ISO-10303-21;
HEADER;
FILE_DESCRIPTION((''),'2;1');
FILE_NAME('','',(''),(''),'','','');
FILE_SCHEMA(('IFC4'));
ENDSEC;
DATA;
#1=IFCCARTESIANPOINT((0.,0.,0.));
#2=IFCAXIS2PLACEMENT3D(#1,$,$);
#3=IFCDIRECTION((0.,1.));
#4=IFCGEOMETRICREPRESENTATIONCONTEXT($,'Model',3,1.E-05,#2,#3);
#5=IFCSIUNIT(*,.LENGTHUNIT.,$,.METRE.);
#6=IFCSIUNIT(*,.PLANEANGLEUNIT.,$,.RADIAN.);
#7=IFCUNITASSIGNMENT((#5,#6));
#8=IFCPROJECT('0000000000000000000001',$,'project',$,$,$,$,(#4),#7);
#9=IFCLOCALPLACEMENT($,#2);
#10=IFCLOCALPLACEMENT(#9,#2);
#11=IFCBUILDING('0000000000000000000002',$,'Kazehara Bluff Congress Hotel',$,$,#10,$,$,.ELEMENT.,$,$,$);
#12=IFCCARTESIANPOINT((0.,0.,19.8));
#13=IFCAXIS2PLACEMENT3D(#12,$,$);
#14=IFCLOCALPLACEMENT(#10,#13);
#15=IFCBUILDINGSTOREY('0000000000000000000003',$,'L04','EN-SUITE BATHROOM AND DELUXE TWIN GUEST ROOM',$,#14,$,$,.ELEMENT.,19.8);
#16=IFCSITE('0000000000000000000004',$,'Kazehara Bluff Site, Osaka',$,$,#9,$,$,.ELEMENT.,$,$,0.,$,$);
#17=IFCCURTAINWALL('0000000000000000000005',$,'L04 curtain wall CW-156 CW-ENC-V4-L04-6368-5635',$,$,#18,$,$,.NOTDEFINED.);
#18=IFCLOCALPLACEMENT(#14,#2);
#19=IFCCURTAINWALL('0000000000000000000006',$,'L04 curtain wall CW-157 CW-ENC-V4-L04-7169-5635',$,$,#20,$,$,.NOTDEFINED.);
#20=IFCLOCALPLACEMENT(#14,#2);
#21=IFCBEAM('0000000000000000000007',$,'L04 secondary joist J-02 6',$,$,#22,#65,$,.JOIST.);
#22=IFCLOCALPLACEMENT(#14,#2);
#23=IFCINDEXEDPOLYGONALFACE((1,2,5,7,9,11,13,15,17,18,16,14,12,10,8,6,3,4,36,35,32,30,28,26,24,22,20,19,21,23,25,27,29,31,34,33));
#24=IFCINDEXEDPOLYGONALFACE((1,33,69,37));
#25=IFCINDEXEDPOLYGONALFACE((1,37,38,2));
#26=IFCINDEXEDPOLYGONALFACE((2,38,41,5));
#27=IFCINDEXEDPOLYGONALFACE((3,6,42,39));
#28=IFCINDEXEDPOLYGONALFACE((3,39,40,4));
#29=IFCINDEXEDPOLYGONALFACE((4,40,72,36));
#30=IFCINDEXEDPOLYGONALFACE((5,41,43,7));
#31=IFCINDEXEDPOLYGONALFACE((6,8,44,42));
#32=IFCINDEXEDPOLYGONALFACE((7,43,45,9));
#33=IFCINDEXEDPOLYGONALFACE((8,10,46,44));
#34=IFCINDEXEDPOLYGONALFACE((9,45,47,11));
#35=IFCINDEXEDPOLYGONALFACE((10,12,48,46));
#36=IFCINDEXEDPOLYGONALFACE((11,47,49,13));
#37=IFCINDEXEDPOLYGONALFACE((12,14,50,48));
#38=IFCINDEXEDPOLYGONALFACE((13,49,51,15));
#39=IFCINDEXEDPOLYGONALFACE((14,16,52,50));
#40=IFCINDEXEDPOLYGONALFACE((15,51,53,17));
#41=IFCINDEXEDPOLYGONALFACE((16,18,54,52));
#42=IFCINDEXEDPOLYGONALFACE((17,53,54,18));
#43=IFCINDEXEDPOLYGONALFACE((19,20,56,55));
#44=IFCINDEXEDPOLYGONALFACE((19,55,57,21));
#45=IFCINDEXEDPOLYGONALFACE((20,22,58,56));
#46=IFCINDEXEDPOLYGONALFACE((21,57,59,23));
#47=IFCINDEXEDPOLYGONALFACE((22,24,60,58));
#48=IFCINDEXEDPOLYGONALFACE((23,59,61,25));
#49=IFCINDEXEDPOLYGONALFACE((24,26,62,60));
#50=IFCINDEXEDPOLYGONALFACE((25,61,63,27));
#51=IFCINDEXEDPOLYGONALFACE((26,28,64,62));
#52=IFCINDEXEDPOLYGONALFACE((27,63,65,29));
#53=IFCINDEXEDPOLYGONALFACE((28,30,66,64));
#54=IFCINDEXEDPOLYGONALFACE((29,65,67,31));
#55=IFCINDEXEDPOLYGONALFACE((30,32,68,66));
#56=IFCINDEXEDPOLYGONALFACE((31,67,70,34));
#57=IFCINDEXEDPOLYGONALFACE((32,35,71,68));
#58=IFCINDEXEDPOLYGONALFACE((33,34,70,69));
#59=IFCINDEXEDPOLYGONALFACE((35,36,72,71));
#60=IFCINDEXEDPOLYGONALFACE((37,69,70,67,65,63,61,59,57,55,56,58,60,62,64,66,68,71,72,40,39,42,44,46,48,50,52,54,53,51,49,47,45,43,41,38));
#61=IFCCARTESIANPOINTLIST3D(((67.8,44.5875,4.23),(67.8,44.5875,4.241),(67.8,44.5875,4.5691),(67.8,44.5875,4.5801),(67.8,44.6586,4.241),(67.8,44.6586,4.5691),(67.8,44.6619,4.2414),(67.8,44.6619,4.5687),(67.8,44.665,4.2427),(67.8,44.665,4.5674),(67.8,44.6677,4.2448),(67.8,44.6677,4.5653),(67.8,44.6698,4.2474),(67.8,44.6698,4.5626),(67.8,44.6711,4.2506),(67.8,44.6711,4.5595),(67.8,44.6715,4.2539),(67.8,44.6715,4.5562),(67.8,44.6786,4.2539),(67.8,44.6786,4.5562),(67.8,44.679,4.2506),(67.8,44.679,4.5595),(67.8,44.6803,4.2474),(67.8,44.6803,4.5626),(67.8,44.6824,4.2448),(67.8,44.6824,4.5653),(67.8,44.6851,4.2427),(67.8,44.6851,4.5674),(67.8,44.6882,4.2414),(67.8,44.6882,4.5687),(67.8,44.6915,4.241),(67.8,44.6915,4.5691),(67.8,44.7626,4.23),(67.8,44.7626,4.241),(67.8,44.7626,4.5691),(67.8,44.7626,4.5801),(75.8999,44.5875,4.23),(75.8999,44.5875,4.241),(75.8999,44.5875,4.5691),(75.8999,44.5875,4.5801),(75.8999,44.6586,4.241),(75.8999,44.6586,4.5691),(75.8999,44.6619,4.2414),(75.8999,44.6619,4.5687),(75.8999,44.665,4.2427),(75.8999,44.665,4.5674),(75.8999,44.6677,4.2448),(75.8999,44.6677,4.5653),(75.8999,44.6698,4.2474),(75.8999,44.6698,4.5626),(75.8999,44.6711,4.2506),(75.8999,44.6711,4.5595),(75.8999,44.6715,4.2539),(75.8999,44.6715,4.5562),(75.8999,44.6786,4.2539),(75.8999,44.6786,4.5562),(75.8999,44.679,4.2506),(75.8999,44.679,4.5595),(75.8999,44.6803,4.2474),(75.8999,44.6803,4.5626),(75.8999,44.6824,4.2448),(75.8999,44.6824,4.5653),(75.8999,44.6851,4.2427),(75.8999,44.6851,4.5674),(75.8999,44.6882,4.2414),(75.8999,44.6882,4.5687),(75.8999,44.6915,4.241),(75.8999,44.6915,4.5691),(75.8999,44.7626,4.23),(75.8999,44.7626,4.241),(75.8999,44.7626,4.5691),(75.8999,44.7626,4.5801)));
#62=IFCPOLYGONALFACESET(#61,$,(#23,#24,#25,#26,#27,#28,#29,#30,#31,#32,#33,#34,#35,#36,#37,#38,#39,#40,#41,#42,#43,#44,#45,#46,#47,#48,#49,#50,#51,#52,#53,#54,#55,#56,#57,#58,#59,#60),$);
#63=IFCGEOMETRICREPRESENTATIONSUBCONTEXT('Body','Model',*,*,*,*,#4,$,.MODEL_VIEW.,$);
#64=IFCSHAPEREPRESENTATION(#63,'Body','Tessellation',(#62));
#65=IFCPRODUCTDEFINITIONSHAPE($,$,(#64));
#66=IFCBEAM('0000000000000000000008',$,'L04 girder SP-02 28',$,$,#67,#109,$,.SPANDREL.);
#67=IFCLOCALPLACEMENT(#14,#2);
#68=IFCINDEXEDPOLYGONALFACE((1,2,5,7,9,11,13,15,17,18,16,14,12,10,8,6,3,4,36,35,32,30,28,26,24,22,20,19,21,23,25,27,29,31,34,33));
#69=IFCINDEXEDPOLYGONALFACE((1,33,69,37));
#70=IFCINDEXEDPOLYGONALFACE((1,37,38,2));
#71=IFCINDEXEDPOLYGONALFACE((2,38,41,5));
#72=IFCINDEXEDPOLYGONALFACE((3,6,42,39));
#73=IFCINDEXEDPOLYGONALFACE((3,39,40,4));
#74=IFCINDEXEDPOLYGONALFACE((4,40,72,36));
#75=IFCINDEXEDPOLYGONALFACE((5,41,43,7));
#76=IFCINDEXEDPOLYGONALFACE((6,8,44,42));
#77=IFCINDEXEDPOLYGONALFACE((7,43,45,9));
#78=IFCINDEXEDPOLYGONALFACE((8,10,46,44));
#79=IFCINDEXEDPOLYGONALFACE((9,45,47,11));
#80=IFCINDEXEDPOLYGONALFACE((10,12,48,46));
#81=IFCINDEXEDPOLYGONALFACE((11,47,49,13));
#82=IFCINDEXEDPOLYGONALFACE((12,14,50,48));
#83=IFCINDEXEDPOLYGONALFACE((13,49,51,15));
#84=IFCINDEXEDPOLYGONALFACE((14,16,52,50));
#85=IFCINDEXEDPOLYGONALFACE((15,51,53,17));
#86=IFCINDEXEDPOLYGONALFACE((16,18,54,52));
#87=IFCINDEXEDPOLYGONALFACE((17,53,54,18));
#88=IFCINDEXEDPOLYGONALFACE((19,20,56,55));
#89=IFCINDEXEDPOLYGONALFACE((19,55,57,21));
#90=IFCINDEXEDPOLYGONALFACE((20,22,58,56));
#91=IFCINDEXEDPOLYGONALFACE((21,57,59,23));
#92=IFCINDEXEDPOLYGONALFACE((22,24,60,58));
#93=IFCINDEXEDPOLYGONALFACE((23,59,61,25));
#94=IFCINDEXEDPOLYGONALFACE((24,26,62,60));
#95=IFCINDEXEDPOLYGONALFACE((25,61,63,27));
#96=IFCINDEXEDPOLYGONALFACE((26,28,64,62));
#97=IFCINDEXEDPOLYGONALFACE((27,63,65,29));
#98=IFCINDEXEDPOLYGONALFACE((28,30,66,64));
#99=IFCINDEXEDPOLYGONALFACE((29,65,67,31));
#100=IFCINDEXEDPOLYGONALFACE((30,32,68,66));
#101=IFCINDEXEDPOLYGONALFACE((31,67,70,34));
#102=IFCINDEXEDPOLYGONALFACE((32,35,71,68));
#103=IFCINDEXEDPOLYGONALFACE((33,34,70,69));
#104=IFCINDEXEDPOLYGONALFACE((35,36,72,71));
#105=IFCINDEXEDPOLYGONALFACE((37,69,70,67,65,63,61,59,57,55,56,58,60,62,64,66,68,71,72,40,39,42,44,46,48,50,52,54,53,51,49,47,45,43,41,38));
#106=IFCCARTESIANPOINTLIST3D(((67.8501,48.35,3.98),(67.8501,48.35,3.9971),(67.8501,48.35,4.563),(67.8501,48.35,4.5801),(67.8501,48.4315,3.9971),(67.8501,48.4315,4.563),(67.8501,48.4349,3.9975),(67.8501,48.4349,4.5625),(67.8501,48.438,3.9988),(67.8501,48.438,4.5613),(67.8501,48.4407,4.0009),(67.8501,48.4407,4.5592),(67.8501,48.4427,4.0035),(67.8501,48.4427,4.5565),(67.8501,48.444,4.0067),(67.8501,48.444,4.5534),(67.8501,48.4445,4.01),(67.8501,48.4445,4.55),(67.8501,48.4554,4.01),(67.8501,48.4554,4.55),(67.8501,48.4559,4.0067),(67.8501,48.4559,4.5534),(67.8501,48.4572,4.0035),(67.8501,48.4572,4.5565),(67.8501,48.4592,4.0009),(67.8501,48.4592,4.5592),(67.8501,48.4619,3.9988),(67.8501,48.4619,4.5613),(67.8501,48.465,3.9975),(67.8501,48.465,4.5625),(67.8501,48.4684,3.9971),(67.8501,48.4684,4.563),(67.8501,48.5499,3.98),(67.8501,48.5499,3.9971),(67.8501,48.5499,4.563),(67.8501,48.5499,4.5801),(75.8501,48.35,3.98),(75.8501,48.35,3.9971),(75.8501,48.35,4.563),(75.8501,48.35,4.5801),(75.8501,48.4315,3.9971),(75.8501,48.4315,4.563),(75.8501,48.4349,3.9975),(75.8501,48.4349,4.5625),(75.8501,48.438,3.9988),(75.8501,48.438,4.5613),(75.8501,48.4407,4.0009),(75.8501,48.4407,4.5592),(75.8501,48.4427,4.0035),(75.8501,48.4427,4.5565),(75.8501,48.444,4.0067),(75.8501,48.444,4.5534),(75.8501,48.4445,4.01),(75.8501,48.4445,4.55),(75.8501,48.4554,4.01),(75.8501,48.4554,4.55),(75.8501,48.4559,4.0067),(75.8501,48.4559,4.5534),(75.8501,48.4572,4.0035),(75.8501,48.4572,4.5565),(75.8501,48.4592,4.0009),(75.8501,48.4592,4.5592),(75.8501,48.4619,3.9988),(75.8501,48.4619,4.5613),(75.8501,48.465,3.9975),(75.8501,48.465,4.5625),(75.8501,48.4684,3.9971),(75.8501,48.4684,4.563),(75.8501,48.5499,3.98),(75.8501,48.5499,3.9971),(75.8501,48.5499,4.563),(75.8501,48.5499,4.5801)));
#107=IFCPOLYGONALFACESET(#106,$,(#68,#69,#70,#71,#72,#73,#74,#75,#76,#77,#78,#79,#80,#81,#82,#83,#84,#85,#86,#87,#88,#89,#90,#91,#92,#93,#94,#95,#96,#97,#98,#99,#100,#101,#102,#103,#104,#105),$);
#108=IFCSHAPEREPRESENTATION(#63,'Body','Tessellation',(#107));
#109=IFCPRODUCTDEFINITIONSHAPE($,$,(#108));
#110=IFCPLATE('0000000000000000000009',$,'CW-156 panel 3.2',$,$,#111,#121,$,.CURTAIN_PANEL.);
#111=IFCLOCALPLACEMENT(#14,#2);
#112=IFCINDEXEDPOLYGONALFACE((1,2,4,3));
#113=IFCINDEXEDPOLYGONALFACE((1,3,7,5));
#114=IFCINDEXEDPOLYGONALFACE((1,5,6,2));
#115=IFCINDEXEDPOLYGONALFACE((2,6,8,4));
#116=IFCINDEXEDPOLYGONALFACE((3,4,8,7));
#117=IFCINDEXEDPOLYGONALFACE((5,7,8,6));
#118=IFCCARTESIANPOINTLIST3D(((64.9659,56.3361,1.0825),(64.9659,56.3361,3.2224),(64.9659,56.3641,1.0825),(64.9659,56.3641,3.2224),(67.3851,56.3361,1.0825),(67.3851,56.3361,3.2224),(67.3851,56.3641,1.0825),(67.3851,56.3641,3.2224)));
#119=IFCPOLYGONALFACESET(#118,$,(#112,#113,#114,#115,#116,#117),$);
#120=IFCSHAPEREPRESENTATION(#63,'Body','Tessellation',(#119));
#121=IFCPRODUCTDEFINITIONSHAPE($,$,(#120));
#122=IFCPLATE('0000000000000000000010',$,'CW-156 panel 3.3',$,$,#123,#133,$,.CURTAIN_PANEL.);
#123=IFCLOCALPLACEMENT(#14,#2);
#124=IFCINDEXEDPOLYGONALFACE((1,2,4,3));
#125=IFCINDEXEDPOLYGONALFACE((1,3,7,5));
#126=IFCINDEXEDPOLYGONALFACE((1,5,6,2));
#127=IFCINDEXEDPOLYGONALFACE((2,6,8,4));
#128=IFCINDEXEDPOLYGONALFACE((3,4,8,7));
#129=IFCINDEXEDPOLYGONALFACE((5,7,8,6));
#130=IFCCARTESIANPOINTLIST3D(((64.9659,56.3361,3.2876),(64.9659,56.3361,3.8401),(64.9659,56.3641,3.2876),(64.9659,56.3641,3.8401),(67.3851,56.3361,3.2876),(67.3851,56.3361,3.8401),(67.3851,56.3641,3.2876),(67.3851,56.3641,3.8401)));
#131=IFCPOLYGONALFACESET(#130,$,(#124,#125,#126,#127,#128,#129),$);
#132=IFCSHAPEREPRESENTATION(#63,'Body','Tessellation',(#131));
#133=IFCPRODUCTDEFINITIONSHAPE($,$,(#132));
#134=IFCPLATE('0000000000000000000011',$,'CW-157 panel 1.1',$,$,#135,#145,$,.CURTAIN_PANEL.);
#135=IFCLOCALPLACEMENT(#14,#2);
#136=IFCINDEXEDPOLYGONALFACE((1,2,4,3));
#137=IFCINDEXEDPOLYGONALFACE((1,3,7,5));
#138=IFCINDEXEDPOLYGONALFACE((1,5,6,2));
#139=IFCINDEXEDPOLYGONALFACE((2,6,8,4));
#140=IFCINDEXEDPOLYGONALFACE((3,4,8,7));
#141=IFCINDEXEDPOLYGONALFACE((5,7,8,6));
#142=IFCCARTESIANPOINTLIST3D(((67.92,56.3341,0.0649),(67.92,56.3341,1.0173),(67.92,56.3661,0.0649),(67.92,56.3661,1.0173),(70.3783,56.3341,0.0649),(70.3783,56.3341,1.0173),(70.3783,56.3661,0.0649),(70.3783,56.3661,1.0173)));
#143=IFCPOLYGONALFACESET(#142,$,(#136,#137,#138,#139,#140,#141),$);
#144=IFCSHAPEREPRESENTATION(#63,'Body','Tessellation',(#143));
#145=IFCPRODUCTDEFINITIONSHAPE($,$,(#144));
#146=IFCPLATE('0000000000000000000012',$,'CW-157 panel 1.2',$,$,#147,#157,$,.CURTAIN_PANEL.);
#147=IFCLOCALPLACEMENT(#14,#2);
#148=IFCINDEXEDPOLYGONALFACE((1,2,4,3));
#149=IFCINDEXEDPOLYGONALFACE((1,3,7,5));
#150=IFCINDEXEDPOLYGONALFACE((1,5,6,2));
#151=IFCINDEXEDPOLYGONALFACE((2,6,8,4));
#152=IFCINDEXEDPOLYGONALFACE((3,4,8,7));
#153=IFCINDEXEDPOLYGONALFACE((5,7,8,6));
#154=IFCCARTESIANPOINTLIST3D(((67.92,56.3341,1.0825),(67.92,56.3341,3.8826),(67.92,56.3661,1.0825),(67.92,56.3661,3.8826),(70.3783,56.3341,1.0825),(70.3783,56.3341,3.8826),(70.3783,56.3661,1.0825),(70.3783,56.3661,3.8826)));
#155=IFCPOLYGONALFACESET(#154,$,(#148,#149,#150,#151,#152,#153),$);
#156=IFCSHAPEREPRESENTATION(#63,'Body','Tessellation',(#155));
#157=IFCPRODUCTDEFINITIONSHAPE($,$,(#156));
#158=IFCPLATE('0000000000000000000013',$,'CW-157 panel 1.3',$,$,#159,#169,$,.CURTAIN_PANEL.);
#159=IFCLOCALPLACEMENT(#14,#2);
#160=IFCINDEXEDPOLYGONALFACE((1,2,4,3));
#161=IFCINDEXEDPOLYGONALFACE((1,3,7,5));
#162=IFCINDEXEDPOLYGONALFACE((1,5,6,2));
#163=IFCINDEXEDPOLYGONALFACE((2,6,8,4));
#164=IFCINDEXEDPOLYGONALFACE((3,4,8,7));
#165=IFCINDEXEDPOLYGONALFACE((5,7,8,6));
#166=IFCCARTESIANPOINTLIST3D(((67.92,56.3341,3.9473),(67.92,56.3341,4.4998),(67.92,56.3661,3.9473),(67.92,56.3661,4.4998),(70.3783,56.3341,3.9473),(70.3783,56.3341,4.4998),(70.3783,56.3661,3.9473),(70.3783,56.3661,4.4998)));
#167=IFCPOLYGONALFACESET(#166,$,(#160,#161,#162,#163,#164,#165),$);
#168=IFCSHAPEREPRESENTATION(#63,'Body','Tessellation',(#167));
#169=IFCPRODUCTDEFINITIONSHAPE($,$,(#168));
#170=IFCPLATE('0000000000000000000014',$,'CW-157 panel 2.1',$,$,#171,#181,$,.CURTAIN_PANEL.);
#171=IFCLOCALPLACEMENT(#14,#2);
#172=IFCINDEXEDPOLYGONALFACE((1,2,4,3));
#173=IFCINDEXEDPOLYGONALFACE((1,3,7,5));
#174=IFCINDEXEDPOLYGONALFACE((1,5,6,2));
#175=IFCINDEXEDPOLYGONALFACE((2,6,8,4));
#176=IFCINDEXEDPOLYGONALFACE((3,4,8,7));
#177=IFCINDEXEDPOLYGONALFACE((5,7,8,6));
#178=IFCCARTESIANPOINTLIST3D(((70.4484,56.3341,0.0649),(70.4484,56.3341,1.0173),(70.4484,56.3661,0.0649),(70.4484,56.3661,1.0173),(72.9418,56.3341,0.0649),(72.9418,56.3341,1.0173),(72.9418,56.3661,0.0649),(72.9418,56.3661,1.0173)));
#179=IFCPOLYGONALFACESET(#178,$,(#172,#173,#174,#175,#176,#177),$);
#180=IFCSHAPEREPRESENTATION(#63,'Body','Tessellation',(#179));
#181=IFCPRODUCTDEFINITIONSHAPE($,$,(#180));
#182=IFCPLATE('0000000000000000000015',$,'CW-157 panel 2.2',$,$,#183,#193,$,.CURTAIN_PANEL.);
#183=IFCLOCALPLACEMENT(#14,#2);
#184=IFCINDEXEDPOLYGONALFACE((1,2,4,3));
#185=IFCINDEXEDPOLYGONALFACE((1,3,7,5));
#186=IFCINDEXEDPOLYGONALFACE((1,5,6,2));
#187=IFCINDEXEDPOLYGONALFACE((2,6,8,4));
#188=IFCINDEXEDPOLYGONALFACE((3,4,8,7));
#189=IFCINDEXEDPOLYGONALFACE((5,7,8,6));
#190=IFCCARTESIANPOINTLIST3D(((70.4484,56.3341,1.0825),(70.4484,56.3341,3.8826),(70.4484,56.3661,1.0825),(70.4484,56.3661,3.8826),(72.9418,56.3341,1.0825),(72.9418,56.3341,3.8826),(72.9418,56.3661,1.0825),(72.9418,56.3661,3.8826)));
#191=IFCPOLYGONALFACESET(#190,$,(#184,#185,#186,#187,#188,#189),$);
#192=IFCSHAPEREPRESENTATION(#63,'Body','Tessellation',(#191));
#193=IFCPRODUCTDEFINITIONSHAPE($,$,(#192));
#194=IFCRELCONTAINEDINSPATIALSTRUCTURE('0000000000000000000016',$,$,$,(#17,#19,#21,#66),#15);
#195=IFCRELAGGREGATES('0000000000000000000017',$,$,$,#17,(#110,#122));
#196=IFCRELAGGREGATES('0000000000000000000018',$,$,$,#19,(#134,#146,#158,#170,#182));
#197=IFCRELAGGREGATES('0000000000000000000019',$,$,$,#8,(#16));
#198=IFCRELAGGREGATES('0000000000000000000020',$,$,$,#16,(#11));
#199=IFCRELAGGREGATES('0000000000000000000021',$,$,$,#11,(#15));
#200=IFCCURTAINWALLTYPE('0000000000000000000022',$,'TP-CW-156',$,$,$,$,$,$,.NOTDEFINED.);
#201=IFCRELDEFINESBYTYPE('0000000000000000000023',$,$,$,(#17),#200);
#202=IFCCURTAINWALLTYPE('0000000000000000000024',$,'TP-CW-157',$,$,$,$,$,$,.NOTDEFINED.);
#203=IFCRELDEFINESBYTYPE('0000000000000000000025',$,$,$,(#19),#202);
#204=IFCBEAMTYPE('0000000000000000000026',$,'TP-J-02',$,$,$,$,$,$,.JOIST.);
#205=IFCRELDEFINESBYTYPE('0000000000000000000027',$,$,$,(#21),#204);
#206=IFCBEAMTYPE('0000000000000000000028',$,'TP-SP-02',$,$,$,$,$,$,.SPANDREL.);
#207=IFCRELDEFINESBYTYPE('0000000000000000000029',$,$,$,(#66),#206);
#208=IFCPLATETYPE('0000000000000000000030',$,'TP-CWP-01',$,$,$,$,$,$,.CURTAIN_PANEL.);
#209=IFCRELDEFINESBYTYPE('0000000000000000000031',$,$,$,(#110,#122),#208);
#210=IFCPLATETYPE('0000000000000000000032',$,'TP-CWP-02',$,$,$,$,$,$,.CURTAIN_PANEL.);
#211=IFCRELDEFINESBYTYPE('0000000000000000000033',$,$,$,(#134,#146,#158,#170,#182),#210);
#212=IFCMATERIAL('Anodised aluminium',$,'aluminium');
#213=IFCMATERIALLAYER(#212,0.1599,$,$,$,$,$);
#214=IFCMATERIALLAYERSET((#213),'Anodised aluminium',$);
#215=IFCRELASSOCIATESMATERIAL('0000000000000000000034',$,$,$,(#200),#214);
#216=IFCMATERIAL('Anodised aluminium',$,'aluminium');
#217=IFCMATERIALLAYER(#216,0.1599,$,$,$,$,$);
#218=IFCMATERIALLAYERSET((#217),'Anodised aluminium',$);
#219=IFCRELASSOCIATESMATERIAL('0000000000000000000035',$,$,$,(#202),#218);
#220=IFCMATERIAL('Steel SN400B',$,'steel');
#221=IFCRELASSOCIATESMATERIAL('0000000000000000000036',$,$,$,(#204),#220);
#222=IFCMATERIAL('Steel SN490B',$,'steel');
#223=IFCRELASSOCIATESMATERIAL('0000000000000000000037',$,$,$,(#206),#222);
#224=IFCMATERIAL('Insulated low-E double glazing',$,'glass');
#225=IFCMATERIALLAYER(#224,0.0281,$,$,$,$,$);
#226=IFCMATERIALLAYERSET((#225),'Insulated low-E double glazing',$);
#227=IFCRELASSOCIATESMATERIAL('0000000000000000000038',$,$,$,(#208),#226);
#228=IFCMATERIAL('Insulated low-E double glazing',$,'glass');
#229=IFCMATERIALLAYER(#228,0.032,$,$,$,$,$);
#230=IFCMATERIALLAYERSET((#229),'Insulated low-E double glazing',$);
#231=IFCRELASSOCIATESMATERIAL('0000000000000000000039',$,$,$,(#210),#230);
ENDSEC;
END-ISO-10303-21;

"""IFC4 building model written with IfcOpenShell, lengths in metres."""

from ifc_helpers import new_model, si_unit, direction, frame, origin, origin_2d, place, context, subcontext, project, spatial, rectangle, i_section, extrude, material, layer, layer_set, material_profile, profile_set, type_object, element, aggregate, save


model = new_model("IFC4")

# Units and contexts
model_context = context("Model", 3, precision=1e-05, world=origin(), true_north=direction((0.0, 1.0)))
body_context = subcontext(model_context, "Body", "Model", "MODEL_VIEW")
ifc_project = project(units=[si_unit("LENGTHUNIT", "METRE"), si_unit("PLANEANGLEUNIT", "RADIAN")], contexts=[model_context])

# Site, building, storey
site_placement = place(None, origin())
site = spatial("IfcSite", under=ifc_project, at=site_placement, Name="Kazehara Bluff Site, Osaka", CompositionType="ELEMENT", RefElevation=0.0)
building_placement = place(site_placement, origin())
building = spatial("IfcBuilding", under=site, at=building_placement, Name="Kazehara Bluff Congress Hotel", CompositionType="ELEMENT")
storey_placement = place(building_placement, frame((0.0, 0.0, 19.8)))
storey = spatial("IfcBuildingStorey", under=building, at=storey_placement, Name="L04", Description="EN-SUITE BATHROOM AND DELUXE TWIN GUEST ROOM", CompositionType="ELEMENT", Elevation=19.8)

# Curtain wall
ifc_material_1 = material(Name="Anodised aluminium", Category="aluminium")
ifc_layer_1 = layer(ifc_material_1, 0.1599)
ifc_layer_set_1 = layer_set([ifc_layer_1], Name="Anodised aluminium")
curtain_wall_type_1 = type_object("IfcCurtainWallType", Name="TP-CW-156", PredefinedType="NOTDEFINED", material=ifc_layer_set_1)
curtain_wall_1_placement = place(storey_placement, origin())
curtain_wall_1 = element("IfcCurtainWall", 1, at=curtain_wall_1_placement, inside=storey, type_object=curtain_wall_type_1, Name="L04 curtain wall CW-156 CW-ENC-V4-L04-6368-5635", PredefinedType="NOTDEFINED")

# Curtain wall
ifc_material_2 = material(Name="Anodised aluminium", Category="aluminium")
ifc_layer_2 = layer(ifc_material_2, 0.1599)
ifc_layer_set_2 = layer_set([ifc_layer_2], Name="Anodised aluminium")
curtain_wall_type_2 = type_object("IfcCurtainWallType", Name="TP-CW-157", PredefinedType="NOTDEFINED", material=ifc_layer_set_2)
curtain_wall_2_placement = place(storey_placement, origin())
curtain_wall_2 = element("IfcCurtainWall", 2, at=curtain_wall_2_placement, inside=storey, type_object=curtain_wall_type_2, Name="L04 curtain wall CW-157 CW-ENC-V4-L04-7169-5635", PredefinedType="NOTDEFINED")

# Beams
ifc_material_3 = material(Name="Steel SN400B", Category="steel")
ifc_material_profile_1 = material_profile(ifc_material_3, i_section(OverallWidth=0.175, OverallDepth=0.3501, WebThickness=0.0071, FlangeThickness=0.011, FilletRadius=0.0129, at=origin_2d()))
ifc_profile_set_1 = profile_set([ifc_material_profile_1], Name="Steel SN400B")
beam_type_1 = type_object("IfcBeamType", Name="TP-J-02", PredefinedType="JOIST", material=ifc_profile_set_1)
beam_1_placement = place(storey_placement, frame((67.8, 44.675, 4.405), z_axis=(1.0, 0.0, 0.0), x_axis=(0.0, 1.0, 0.0)))
element("IfcBeam", 3, at=beam_1_placement, inside=storey, type_object=beam_type_1, Name="L04 secondary joist J-02 6", PredefinedType="JOIST", context=body_context, shape_type="SweptSolid", body=[
    extrude(i_section(OverallWidth=0.175, OverallDepth=0.3501, WebThickness=0.0071, FlangeThickness=0.011, FilletRadius=0.0129, at=origin_2d()), origin(), (0.0, 0.0, 1.0), 8.0999),
])
ifc_material_4 = material(Name="Steel SN490B", Category="steel")
ifc_material_profile_2 = material_profile(ifc_material_4, i_section(OverallWidth=0.2, OverallDepth=0.6001, WebThickness=0.011, FlangeThickness=0.0171, FilletRadius=0.0129, at=origin_2d()))
ifc_profile_set_2 = profile_set([ifc_material_profile_2], Name="Steel SN490B")
beam_type_2 = type_object("IfcBeamType", Name="TP-SP-02", PredefinedType="SPANDREL", material=ifc_profile_set_2)
beam_2_placement = place(storey_placement, frame((67.8501, 48.45, 4.28), z_axis=(1.0, 0.0, 0.0), x_axis=(0.0, 1.0, 0.0)))
element("IfcBeam", 4, at=beam_2_placement, inside=storey, type_object=beam_type_2, Name="L04 girder SP-02 28", PredefinedType="SPANDREL", context=body_context, shape_type="SweptSolid", body=[
    extrude(i_section(OverallWidth=0.2, OverallDepth=0.6001, WebThickness=0.011, FlangeThickness=0.0171, FilletRadius=0.0129, at=origin_2d()), origin(), (0.0, 0.0, 1.0), 8.0),
])

# Plates
ifc_material_5 = material(Name="Insulated low-E double glazing", Category="glass")
ifc_layer_3 = layer(ifc_material_5, 0.0281)
ifc_layer_set_3 = layer_set([ifc_layer_3], Name="Insulated low-E double glazing")
plate_type_1 = type_object("IfcPlateType", Name="TP-CWP-01", PredefinedType="CURTAIN_PANEL", material=ifc_layer_set_3)
plate_1_placement = place(storey_placement, frame((66.1755, 56.3501, 1.0825), z_axis=(0.0, 0.0, 1.0), x_axis=(1.0, 0.0, 0.0)))
plate_1 = element("IfcPlate", 5, at=plate_1_placement, type_object=plate_type_1, Name="CW-156 panel 3.2", PredefinedType="CURTAIN_PANEL", context=body_context, shape_type="SweptSolid", body=[
    extrude(rectangle(XDim=2.4192, YDim=0.0281, at=origin_2d()), origin(), (0.0, 0.0, 1.0), 2.1399),
])
plate_2_placement = place(storey_placement, frame((66.1755, 56.3501, 3.2876), z_axis=(0.0, 0.0, 1.0), x_axis=(1.0, 0.0, 0.0)))
plate_2 = element("IfcPlate", 6, at=plate_2_placement, type_object=plate_type_1, Name="CW-156 panel 3.3", PredefinedType="CURTAIN_PANEL", context=body_context, shape_type="SweptSolid", body=[
    extrude(rectangle(XDim=2.4192, YDim=0.0281, at=origin_2d()), origin(), (0.0, 0.0, 1.0), 0.5525),
])
aggregate(curtain_wall_1, [plate_1, plate_2])
ifc_material_6 = material(Name="Insulated low-E double glazing", Category="glass")
ifc_layer_4 = layer(ifc_material_6, 0.032)
ifc_layer_set_4 = layer_set([ifc_layer_4], Name="Insulated low-E double glazing")
plate_type_2 = type_object("IfcPlateType", Name="TP-CWP-02", PredefinedType="CURTAIN_PANEL", material=ifc_layer_set_4)
plate_3_placement = place(storey_placement, frame((69.1492, 56.3501, 0.0649), z_axis=(0.0, 0.0, 1.0), x_axis=(1.0, 0.0, 0.0)))
plate_3 = element("IfcPlate", 7, at=plate_3_placement, type_object=plate_type_2, Name="CW-157 panel 1.1", PredefinedType="CURTAIN_PANEL", context=body_context, shape_type="SweptSolid", body=[
    extrude(rectangle(XDim=2.4583, YDim=0.032, at=origin_2d()), origin(), (0.0, 0.0, 1.0), 0.9524),
])
plate_4_placement = place(storey_placement, frame((69.1492, 56.3501, 1.0825), z_axis=(0.0, 0.0, 1.0), x_axis=(1.0, 0.0, 0.0)))
plate_4 = element("IfcPlate", 8, at=plate_4_placement, type_object=plate_type_2, Name="CW-157 panel 1.2", PredefinedType="CURTAIN_PANEL", context=body_context, shape_type="SweptSolid", body=[
    extrude(rectangle(XDim=2.4583, YDim=0.032, at=origin_2d()), origin(), (0.0, 0.0, 1.0), 2.8),
])
plate_5_placement = place(storey_placement, frame((69.1492, 56.3501, 3.9473), z_axis=(0.0, 0.0, 1.0), x_axis=(1.0, 0.0, 0.0)))
plate_5 = element("IfcPlate", 9, at=plate_5_placement, type_object=plate_type_2, Name="CW-157 panel 1.3", PredefinedType="CURTAIN_PANEL", context=body_context, shape_type="SweptSolid", body=[
    extrude(rectangle(XDim=2.4583, YDim=0.032, at=origin_2d()), origin(), (0.0, 0.0, 1.0), 0.5525),
])
plate_6_placement = place(storey_placement, frame((71.6951, 56.3501, 0.0649), z_axis=(0.0, 0.0, 1.0), x_axis=(1.0, 0.0, 0.0)))
plate_6 = element("IfcPlate", 10, at=plate_6_placement, type_object=plate_type_2, Name="CW-157 panel 2.1", PredefinedType="CURTAIN_PANEL", context=body_context, shape_type="SweptSolid", body=[
    extrude(rectangle(XDim=2.4934, YDim=0.032, at=origin_2d()), origin(), (0.0, 0.0, 1.0), 0.9524),
])
plate_7_placement = place(storey_placement, frame((71.6951, 56.3501, 1.0825), z_axis=(0.0, 0.0, 1.0), x_axis=(1.0, 0.0, 0.0)))
plate_7 = element("IfcPlate", 11, at=plate_7_placement, type_object=plate_type_2, Name="CW-157 panel 2.2", PredefinedType="CURTAIN_PANEL", context=body_context, shape_type="SweptSolid", body=[
    extrude(rectangle(XDim=2.4934, YDim=0.032, at=origin_2d()), origin(), (0.0, 0.0, 1.0), 2.8),
])
aggregate(curtain_wall_2, [plate_3, plate_4, plate_5, plate_6, plate_7])

save(model, "model.ifc")
